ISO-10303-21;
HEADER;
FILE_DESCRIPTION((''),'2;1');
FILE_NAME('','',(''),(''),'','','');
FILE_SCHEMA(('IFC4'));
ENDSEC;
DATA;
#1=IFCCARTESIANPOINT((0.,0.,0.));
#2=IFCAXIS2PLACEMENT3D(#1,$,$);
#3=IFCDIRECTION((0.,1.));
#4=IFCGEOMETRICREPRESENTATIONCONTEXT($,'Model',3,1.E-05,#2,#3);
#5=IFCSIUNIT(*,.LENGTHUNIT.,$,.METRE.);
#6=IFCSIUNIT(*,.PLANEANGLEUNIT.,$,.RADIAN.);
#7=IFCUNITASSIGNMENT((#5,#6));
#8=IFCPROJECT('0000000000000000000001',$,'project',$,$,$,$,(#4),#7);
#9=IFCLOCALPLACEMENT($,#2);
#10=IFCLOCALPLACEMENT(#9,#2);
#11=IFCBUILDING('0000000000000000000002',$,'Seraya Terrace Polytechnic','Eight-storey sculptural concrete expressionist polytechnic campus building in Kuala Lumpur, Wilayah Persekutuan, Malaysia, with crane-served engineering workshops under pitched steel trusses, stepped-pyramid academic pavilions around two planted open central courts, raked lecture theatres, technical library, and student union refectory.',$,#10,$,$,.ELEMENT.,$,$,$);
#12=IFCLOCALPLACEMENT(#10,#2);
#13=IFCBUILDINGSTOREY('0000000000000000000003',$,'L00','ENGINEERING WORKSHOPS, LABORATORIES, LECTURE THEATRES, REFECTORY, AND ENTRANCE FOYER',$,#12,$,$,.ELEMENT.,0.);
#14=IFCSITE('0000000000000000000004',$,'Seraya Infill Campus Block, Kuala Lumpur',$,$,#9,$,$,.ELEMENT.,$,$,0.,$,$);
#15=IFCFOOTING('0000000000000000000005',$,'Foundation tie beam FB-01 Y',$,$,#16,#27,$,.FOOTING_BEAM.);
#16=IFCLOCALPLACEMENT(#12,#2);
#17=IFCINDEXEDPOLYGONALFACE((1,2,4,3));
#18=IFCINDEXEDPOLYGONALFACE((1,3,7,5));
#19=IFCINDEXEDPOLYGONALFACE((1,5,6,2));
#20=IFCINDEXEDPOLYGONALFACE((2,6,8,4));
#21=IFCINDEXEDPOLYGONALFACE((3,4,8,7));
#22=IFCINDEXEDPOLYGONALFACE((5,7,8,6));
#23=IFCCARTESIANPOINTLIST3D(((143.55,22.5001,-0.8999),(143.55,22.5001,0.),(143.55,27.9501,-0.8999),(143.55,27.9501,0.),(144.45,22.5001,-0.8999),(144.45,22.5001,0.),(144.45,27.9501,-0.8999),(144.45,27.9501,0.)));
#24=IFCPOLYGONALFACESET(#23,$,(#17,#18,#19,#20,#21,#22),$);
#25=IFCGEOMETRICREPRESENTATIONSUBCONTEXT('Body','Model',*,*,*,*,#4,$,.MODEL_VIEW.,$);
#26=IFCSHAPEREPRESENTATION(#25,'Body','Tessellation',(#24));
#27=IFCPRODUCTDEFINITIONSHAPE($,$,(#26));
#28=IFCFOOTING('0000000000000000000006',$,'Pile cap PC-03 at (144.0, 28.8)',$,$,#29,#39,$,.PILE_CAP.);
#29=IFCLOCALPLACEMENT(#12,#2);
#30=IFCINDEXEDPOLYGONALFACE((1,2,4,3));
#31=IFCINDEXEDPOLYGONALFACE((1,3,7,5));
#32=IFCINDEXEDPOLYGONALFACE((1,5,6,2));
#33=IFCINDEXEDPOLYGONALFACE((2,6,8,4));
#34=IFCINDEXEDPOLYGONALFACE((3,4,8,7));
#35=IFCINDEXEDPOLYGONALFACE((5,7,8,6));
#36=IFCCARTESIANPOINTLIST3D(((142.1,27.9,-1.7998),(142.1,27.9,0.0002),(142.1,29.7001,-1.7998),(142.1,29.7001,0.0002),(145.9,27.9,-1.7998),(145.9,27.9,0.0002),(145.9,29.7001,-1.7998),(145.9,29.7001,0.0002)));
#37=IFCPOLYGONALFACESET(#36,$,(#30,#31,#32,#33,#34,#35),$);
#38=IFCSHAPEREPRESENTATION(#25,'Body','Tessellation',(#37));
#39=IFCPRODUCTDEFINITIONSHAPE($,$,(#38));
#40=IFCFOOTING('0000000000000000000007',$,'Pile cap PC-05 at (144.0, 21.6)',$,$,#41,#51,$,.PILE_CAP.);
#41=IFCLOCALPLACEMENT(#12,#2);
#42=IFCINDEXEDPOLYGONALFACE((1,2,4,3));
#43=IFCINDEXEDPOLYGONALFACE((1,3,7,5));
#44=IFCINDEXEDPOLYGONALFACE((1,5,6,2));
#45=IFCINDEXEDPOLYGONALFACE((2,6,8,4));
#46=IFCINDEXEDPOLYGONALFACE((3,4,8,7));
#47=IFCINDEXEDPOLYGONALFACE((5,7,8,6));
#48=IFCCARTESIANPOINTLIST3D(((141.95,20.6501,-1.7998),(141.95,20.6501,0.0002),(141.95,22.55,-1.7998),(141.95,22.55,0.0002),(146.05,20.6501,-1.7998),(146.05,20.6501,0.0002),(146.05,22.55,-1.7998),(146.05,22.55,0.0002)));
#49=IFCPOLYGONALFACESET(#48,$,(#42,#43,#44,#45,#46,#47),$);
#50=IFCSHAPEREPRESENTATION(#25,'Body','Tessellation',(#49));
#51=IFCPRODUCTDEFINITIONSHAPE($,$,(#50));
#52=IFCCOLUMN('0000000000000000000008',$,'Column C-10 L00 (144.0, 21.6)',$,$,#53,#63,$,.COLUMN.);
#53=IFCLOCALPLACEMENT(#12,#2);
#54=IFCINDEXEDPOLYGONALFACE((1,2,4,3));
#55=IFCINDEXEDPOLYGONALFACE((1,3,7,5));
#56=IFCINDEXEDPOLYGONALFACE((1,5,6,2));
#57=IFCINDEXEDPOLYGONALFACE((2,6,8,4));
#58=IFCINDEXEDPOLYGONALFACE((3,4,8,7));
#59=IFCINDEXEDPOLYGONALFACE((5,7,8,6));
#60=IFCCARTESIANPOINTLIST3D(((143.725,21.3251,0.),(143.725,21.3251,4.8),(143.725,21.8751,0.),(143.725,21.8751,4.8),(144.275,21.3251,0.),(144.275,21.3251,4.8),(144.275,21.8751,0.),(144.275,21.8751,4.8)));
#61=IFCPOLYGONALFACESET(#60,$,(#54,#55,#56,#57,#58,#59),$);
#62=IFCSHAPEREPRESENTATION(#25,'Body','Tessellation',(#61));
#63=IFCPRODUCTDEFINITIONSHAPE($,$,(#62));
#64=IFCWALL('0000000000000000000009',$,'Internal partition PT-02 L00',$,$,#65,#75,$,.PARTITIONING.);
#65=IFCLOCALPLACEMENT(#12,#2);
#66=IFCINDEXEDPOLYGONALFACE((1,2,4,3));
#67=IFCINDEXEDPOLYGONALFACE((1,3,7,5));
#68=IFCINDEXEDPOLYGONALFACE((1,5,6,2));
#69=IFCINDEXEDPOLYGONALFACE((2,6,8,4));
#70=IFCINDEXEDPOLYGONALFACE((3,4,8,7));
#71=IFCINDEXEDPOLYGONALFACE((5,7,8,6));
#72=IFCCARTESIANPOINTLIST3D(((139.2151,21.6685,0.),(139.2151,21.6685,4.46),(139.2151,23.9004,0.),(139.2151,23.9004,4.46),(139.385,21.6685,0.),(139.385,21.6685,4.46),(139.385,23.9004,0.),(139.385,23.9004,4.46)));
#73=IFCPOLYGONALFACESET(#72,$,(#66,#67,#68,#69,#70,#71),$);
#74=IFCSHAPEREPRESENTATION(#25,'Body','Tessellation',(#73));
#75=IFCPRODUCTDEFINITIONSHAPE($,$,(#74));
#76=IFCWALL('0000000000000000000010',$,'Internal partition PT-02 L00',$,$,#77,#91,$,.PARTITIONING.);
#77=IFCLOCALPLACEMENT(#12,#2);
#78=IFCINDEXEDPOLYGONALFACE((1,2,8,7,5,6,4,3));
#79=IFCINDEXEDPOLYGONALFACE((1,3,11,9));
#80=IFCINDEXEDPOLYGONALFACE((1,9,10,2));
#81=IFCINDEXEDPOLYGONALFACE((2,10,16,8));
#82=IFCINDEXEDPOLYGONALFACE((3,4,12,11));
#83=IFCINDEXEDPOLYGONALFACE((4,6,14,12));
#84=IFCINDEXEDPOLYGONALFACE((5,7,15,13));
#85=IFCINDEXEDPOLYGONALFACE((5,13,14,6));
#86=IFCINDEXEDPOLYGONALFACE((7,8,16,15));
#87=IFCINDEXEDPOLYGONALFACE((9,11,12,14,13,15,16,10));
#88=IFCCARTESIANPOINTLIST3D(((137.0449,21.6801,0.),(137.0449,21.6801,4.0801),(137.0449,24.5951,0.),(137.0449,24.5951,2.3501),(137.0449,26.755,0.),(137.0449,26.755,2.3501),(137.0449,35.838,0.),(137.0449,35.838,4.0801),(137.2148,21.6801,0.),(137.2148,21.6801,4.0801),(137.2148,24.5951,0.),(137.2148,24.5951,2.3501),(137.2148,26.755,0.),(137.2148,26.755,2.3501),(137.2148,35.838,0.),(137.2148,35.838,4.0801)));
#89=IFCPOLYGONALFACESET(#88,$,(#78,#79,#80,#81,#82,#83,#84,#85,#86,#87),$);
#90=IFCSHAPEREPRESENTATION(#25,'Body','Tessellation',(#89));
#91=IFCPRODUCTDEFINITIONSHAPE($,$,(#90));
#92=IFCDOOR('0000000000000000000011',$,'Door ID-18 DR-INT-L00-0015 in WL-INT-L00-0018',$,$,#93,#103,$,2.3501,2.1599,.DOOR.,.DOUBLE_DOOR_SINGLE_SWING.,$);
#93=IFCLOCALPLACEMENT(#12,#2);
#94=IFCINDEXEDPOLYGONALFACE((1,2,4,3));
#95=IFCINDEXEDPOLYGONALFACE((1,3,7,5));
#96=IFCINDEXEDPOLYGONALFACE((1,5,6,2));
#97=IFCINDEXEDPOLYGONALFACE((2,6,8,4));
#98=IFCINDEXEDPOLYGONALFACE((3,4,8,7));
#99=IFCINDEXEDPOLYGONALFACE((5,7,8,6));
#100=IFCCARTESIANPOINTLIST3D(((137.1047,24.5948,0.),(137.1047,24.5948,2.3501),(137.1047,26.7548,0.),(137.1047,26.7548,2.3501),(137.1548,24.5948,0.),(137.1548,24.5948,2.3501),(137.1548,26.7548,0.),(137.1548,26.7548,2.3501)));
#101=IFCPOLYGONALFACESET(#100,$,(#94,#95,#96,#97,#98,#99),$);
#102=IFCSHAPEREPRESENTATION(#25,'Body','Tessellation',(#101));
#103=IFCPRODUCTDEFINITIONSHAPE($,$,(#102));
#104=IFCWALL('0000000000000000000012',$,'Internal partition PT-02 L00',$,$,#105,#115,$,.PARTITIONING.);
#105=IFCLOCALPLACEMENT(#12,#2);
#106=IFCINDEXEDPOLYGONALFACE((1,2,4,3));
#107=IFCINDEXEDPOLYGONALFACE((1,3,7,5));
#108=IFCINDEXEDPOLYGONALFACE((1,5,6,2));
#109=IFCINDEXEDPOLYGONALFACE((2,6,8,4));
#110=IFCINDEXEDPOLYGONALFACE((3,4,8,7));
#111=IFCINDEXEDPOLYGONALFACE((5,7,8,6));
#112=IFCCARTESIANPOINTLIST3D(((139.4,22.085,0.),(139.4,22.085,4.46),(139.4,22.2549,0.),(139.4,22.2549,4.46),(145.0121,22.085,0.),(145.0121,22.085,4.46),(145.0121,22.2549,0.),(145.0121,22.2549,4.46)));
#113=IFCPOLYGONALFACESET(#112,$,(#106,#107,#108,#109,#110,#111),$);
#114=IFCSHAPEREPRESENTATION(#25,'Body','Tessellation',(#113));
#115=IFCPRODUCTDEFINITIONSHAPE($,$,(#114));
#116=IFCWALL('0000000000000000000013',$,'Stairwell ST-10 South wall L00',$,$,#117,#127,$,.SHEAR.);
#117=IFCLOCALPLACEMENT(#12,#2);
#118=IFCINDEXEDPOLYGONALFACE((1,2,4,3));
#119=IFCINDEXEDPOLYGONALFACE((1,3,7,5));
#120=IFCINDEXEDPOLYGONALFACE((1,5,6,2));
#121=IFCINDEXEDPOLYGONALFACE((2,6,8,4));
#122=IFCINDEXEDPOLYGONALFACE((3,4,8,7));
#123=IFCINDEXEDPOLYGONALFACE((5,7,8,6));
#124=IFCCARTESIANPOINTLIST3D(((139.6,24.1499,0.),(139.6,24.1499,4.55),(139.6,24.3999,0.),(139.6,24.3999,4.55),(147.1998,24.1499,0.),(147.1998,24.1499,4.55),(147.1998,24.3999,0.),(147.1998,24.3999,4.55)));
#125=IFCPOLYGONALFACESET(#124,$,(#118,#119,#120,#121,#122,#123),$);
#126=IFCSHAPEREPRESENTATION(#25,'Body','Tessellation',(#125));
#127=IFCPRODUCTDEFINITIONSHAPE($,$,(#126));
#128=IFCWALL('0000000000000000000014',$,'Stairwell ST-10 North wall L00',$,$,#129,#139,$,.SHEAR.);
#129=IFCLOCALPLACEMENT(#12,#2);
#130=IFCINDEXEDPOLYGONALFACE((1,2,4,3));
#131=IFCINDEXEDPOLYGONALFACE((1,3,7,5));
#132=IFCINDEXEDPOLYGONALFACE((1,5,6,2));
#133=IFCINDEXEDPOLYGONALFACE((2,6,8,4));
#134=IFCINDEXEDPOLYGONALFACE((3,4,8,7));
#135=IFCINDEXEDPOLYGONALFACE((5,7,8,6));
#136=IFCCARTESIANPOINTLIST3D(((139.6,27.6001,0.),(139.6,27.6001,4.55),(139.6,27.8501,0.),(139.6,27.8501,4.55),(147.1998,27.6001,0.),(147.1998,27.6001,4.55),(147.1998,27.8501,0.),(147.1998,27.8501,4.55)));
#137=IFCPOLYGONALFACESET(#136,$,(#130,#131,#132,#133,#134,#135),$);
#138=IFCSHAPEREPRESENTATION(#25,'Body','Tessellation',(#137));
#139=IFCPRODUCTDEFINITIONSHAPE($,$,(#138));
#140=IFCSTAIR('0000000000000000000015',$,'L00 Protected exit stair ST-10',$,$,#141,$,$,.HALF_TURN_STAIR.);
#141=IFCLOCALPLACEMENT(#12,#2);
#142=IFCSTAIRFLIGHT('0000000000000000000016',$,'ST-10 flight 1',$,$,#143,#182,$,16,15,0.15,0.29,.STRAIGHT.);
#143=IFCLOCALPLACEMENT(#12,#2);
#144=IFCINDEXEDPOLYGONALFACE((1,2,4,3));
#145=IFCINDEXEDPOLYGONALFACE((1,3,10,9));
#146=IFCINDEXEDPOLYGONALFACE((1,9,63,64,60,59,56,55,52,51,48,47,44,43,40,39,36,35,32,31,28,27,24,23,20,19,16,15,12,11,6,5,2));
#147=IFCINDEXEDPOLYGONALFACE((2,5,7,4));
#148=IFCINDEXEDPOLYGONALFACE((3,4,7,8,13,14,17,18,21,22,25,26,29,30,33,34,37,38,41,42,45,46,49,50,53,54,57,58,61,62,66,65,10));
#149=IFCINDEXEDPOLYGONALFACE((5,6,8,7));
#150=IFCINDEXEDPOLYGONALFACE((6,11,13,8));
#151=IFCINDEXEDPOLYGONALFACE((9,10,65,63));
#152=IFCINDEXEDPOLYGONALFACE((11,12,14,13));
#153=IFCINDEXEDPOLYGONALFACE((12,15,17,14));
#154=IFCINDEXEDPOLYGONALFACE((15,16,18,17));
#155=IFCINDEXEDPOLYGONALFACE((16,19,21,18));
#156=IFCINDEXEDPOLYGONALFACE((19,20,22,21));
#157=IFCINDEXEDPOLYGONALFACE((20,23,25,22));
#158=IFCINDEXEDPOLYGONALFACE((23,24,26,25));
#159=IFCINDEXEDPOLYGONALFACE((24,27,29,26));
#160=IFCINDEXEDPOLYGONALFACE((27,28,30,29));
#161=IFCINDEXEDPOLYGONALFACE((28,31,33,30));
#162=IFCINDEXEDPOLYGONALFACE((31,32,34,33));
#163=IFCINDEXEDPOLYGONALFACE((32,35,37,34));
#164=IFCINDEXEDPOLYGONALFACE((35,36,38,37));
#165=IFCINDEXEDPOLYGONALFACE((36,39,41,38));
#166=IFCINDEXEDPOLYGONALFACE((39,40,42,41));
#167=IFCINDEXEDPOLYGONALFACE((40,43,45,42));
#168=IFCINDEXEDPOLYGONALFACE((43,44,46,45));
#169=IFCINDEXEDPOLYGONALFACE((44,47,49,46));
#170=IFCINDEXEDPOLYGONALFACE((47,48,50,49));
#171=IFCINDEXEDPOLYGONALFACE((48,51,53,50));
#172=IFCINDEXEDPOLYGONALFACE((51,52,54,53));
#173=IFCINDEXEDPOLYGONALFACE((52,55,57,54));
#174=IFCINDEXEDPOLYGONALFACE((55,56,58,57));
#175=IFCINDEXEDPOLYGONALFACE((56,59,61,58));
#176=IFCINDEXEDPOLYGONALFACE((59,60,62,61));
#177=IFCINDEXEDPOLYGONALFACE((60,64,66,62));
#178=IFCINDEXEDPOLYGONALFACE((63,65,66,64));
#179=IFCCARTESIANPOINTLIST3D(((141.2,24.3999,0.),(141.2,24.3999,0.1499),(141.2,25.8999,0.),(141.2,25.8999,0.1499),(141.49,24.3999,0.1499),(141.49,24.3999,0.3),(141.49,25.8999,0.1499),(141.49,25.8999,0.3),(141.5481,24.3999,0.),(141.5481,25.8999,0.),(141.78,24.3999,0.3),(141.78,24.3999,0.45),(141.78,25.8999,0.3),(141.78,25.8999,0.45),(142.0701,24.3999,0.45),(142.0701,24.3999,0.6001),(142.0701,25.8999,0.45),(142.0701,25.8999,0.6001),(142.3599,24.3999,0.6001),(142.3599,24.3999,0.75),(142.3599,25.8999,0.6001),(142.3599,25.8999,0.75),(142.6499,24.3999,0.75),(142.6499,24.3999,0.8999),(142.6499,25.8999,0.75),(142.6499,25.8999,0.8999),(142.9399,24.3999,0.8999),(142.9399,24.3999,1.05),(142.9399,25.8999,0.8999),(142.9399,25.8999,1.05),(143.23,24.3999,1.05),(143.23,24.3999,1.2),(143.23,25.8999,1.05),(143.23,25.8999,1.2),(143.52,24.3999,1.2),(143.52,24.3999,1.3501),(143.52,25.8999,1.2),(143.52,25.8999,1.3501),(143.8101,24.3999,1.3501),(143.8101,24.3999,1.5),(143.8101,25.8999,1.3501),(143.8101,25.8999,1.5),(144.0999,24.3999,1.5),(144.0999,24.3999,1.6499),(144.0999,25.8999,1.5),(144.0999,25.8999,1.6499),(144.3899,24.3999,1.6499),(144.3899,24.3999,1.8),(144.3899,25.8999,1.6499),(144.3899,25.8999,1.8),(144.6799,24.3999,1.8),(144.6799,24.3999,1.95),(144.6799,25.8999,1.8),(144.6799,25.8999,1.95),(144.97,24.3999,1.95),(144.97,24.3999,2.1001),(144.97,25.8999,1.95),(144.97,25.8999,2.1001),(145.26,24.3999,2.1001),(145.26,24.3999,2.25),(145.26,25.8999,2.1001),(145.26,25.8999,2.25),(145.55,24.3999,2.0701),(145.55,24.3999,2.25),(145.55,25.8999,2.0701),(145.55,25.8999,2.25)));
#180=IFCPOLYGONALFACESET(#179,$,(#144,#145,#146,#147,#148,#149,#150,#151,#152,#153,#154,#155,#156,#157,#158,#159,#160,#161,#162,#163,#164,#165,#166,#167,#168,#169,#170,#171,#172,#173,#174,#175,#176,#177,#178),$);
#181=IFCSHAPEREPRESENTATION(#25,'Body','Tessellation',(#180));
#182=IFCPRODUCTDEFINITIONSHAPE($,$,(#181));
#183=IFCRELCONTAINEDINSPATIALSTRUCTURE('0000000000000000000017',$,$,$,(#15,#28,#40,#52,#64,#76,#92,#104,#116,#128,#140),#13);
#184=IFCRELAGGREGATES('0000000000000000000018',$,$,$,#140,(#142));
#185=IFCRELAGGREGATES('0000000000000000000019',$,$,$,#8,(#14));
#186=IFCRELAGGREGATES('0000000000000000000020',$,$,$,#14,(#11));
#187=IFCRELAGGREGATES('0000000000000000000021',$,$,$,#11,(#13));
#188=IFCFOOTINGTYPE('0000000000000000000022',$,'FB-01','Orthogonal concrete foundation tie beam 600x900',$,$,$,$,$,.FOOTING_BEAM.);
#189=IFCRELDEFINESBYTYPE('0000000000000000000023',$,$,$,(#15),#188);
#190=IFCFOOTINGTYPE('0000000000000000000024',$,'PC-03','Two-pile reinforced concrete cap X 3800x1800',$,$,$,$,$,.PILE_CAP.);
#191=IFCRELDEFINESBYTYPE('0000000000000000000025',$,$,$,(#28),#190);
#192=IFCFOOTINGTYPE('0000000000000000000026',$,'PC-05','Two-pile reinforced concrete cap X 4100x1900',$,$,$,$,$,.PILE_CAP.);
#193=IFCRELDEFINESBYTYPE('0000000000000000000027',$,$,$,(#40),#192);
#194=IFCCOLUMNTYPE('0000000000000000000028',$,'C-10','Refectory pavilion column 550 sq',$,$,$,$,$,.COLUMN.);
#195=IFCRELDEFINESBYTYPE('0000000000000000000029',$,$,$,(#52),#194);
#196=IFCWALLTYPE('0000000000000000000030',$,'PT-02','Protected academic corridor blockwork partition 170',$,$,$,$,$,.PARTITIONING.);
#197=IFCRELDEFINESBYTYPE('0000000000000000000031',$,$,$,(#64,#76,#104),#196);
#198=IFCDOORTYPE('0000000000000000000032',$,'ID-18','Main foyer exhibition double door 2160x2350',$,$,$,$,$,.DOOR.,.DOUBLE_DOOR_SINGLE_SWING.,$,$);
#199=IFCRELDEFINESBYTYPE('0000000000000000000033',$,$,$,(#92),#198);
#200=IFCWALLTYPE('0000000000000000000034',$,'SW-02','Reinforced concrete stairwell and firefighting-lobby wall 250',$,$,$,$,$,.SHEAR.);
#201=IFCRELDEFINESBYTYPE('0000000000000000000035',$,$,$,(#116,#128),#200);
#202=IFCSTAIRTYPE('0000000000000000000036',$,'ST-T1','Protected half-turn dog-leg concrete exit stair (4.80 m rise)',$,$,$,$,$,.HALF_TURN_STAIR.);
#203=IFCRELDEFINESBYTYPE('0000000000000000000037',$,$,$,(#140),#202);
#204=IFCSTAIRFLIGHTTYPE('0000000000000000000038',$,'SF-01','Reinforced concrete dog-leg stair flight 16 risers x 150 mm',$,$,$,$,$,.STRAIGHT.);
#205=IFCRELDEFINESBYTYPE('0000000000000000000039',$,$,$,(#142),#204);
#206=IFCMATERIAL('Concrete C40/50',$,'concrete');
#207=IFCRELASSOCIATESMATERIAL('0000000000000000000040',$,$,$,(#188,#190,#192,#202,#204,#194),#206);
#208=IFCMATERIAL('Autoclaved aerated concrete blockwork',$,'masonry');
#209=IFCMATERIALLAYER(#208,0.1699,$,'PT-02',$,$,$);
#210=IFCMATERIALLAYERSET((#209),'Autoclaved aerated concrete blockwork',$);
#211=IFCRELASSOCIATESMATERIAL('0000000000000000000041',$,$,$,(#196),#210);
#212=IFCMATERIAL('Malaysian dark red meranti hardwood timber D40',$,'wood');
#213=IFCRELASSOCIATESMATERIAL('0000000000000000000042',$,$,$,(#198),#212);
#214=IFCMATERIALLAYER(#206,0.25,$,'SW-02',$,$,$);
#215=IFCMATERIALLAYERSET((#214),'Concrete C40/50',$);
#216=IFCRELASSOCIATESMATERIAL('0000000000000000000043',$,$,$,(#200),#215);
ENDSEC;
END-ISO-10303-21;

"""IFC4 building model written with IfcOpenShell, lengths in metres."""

from ifc_helpers import new_model, si_unit, direction, frame, frame_2d, origin, origin_2d, place, context, subcontext, project, spatial, polyline, rectangle, outline, extrude, material, layer, layer_set, material_profile, profile_set, type_object, element, fill, aggregate, save


model = new_model("IFC4")

# Units and contexts
model_context = context("Model", 3, precision=1e-05, world=origin(), true_north=direction((0.0, 1.0)))
body_context = subcontext(model_context, "Body", "Model", "MODEL_VIEW")
ifc_project = project(units=[si_unit("LENGTHUNIT", "METRE"), si_unit("PLANEANGLEUNIT", "RADIAN")], contexts=[model_context])

# Site, building, storey
site_placement = place(None, origin())
site = spatial("IfcSite", under=ifc_project, at=site_placement, Name="Seraya Infill Campus Block, Kuala Lumpur", CompositionType="ELEMENT", RefElevation=0.0)
building_placement = place(site_placement, origin())
building = spatial("IfcBuilding", under=site, at=building_placement, Name="Seraya Terrace Polytechnic", Description="Eight-storey sculptural concrete expressionist polytechnic campus building in Kuala Lumpur, Wilayah Persekutuan, Malaysia, with crane-served engineering workshops under pitched steel trusses, stepped-pyramid academic pavilions around two planted open central courts, raked lecture theatres, technical library, and student union refectory.", CompositionType="ELEMENT")
storey_placement = place(building_placement, origin())
storey = spatial("IfcBuildingStorey", under=building, at=storey_placement, Name="L00", Description="ENGINEERING WORKSHOPS, LABORATORIES, LECTURE THEATRES, REFECTORY, AND ENTRANCE FOYER", CompositionType="ELEMENT", Elevation=0.0)

# Shared definitions
ifc_material_1 = material(Name="Concrete C40/50", Category="concrete")

# Footings
footing_type_1 = type_object("IfcFootingType", Name="FB-01", Description="Orthogonal concrete foundation tie beam 600x900", PredefinedType="FOOTING_BEAM", material=ifc_material_1)
footing_1_placement = place(storey_placement, frame((144.0, 25.2251, -0.8999), z_axis=(0.0, 0.0, 1.0), x_axis=(0.0, 1.0, 0.0)))
element("IfcFooting", 1, at=footing_1_placement, inside=storey, type_object=footing_type_1, Name="Foundation tie beam FB-01 Y", PredefinedType="FOOTING_BEAM", context=body_context, shape_type="SweptSolid", body=[
    extrude(rectangle(XDim=5.45, YDim=0.8999, at=origin_2d()), origin(), (0.0, 0.0, 1.0), 0.8999),
])
footing_type_2 = type_object("IfcFootingType", Name="PC-03", Description="Two-pile reinforced concrete cap X 3800x1800", PredefinedType="PILE_CAP", material=ifc_material_1)
footing_2_placement = place(storey_placement, frame((144.0, 28.8, -1.7998), z_axis=(0.0, 0.0, 1.0), x_axis=(1.0, 0.0, 0.0)))
element("IfcFooting", 2, at=footing_2_placement, inside=storey, type_object=footing_type_2, Name="Pile cap PC-03 at (144.0, 28.8)", PredefinedType="PILE_CAP", context=body_context, shape_type="SweptSolid", body=[
    extrude(rectangle(XDim=3.8, YDim=1.8, at=origin_2d()), origin(), (0.0, 0.0, 1.0), 1.8),
])
footing_type_3 = type_object("IfcFootingType", Name="PC-05", Description="Two-pile reinforced concrete cap X 4100x1900", PredefinedType="PILE_CAP", material=ifc_material_1)
footing_3_placement = place(storey_placement, frame((144.0, 21.6001, -1.7998), z_axis=(0.0, 0.0, 1.0), x_axis=(1.0, 0.0, 0.0)))
element("IfcFooting", 3, at=footing_3_placement, inside=storey, type_object=footing_type_3, Name="Pile cap PC-05 at (144.0, 21.6)", PredefinedType="PILE_CAP", context=body_context, shape_type="SweptSolid", body=[
    extrude(rectangle(XDim=4.1001, YDim=1.8999, at=origin_2d()), origin(), (0.0, 0.0, 1.0), 1.8),
])

# Column
ifc_material_profile_1 = material_profile(ifc_material_1, rectangle(XDim=0.55, YDim=0.55, at=origin_2d()), Name="RC 550x550")
ifc_profile_set_1 = profile_set([ifc_material_profile_1], Name="Concrete C40/50")
column_type = type_object("IfcColumnType", Name="C-10", Description="Refectory pavilion column 550 sq", PredefinedType="COLUMN", material=ifc_profile_set_1)
column_placement = place(storey_placement, frame((144.0, 21.6001, 0.0), z_axis=(0.0, 0.0, 1.0), x_axis=(1.0, 0.0, 0.0)))
element("IfcColumn", 4, at=column_placement, inside=storey, type_object=column_type, Name="Column C-10 L00 (144.0, 21.6)", PredefinedType="COLUMN", context=body_context, shape_type="SweptSolid", body=[
    extrude(rectangle(XDim=0.55, YDim=0.55, at=origin_2d()), origin(), (0.0, 0.0, 1.0), 4.8),
])

# Wall
ifc_material_2 = material(Name="Autoclaved aerated concrete blockwork", Category="masonry")
ifc_layer_1 = layer(ifc_material_2, 0.1699, Name="PT-02")
ifc_layer_set_1 = layer_set([ifc_layer_1], Name="Autoclaved aerated concrete blockwork")
wall_type_1 = type_object("IfcWallType", Name="PT-02", Description="Protected academic corridor blockwork partition 170", PredefinedType="PARTITIONING", material=ifc_layer_set_1)
wall_1_placement = place(storey_placement, frame((139.3, 21.6685, 0.0), z_axis=(0.0, 0.0, 1.0), x_axis=(0.0, 1.0, 0.0)))
element("IfcWall", 5, at=wall_1_placement, inside=storey, type_object=wall_type_1, Name="Internal partition PT-02 L00", PredefinedType="PARTITIONING", context=body_context, shape_type="SweptSolid", body=[
    extrude(rectangle(XDim=2.2319, YDim=0.1699, at=frame_2d((1.116, 0.0))), origin(), (0.0, 0.0, 1.0), 4.46),
])

# Wall, opening, door
wall_2_placement = place(storey_placement, frame((137.1299, 21.6799, 0.0), z_axis=(0.0, 0.0, 1.0), x_axis=(0.0, 1.0, 0.0)))
wall_2 = element("IfcWall", 6, at=wall_2_placement, inside=storey, type_object=wall_type_1, Name="Internal partition PT-02 L00", PredefinedType="PARTITIONING", context=body_context, shape_type="SweptSolid", body=[
    extrude(rectangle(XDim=14.158, YDim=0.1699, at=frame_2d((7.0791, 0.0))), origin(), (0.0, 0.0, 1.0), 4.0801),
])
opening_1_placement = place(wall_2_placement, frame((2.915, 0.0, 0.0)))
opening_1 = element("IfcOpeningElement", 7, at=opening_1_placement, cuts=wall_2, PredefinedType="OPENING", context=body_context, shape_type="SweptSolid", body=[
    extrude(rectangle(XDim=2.1599, YDim=2.3501, at=frame_2d((1.0801, 1.175))), frame((0.0, 0.0969, 0.0), z_axis=(0.0, -1.0, 0.0), x_axis=(1.0, 0.0, 0.0)), (0.0, 0.0, 1.0), 0.1938),
])
ifc_material_3 = material(Name="Malaysian dark red meranti hardwood timber D40", Category="wood")
door_type_1 = type_object("IfcDoorType", Name="ID-18", Description="Main foyer exhibition double door 2160x2350", OperationType="DOUBLE_DOOR_SINGLE_SWING", PredefinedType="DOOR", material=ifc_material_3)
door_1_placement = place(opening_1_placement, frame((2.1599, 0.0, 0.0), z_axis=(0.0, 0.0, 1.0), x_axis=(-1.0, 0.0, 0.0)))
door_1 = element("IfcDoor", 8, at=door_1_placement, inside=storey, type_object=door_type_1, Name="Door ID-18 DR-INT-L00-0015 in WL-INT-L00-0018", OperationType="DOUBLE_DOOR_SINGLE_SWING", OverallHeight=2.3501, OverallWidth=2.1599, PredefinedType="DOOR", context=body_context, shape_type="SweptSolid", body=[
    extrude(rectangle(XDim=2.1599, YDim=2.3501, at=frame_2d((1.0801, 1.175))), frame((0.0, 0.0249, 0.0), z_axis=(0.0, -1.0, 0.0), x_axis=(1.0, 0.0, 0.0)), (0.0, 0.0, 1.0), 0.05),
])
fill(opening_1, door_1)

# Wall
wall_3_placement = place(storey_placement, frame((139.3999, 22.1699, 0.0), z_axis=(0.0, 0.0, 1.0), x_axis=(1.0, 0.0, 0.0)))
element("IfcWall", 9, at=wall_3_placement, inside=storey, type_object=wall_type_1, Name="Internal partition PT-02 L00", PredefinedType="PARTITIONING", context=body_context, shape_type="SweptSolid", body=[
    extrude(rectangle(XDim=5.6121, YDim=0.1699, at=frame_2d((2.8062, 0.0))), origin(), (0.0, 0.0, 1.0), 4.46),
])

# Shared definitions
ifc_layer_2 = layer(ifc_material_1, 0.25, Name="SW-02")
ifc_layer_set_2 = layer_set([ifc_layer_2], Name="Concrete C40/50")
wall_type_2 = type_object("IfcWallType", Name="SW-02", Description="Reinforced concrete stairwell and firefighting-lobby wall 250", PredefinedType="SHEAR", material=ifc_layer_set_2)

# Walls
for number, where, z_axis, x_axis, name in (
    (10, (139.6001, 24.2749, 0.0), (0.0, 0.0, 1.0), (1.0, 0.0, 0.0), "Stairwell ST-10 South wall L00"),
    (11, (139.6001, 27.7251, 0.0), (0.0, 0.0, 1.0), (1.0, 0.0, 0.0), "Stairwell ST-10 North wall L00"),
):
    element("IfcWall", number, at=place(storey_placement, frame(where, z_axis=z_axis, x_axis=x_axis)), inside=storey, type_object=wall_type_2, Name=name, PredefinedType="SHEAR", context=body_context, shape_type="SweptSolid", body=[
        extrude(rectangle(XDim=7.5999, YDim=0.25, at=frame_2d((3.7998, 0.0))), origin(), (0.0, 0.0, 1.0), 4.55),
    ])

# Stair, stair flight
stair_type = type_object("IfcStairType", Name="ST-T1", Description="Protected half-turn dog-leg concrete exit stair (4.80 m rise)", PredefinedType="HALF_TURN_STAIR", material=ifc_material_1)
stair_placement = place(storey_placement, origin())
stair = element("IfcStair", 12, at=stair_placement, inside=storey, type_object=stair_type, Name="L00 Protected exit stair ST-10", PredefinedType="HALF_TURN_STAIR")
stair_flight_type = type_object("IfcStairFlightType", Name="SF-01", Description="Reinforced concrete dog-leg stair flight 16 risers x 150 mm", PredefinedType="STRAIGHT", material=ifc_material_1)
stair_flight_placement = place(storey_placement, frame((141.2, 25.1499, 0.0), z_axis=(0.0, 0.0, 1.0), x_axis=(1.0, 0.0, 0.0)))
stair_flight = element("IfcStairFlight", 13, at=stair_flight_placement, type_object=stair_flight_type, Name="ST-10 flight 1", NumberOfRisers=16, NumberOfTreads=15, PredefinedType="STRAIGHT", RiserHeight=0.15, TreadLength=0.29, context=body_context, shape_type="SweptSolid", body=[
    extrude(outline(polyline([(0.0, 0.0), (0.0, 0.1499), (0.29, 0.1499), (0.29, 0.3), (0.5801, 0.3), (0.5801, 0.45), (0.8701, 0.45), (0.8701, 0.6001), (1.1599, 0.6001), (1.1599, 0.75), (1.45, 0.75), (1.45, 0.8999), (1.74, 0.8999), (1.74, 1.05), (2.03, 1.05), (2.03, 1.2), (2.3201, 1.2), (2.3201, 1.3501), (2.6101, 1.3501), (2.6101, 1.5), (2.8999, 1.5), (2.8999, 1.6499), (3.1899, 1.6499), (3.1899, 1.8), (3.48, 1.8), (3.48, 1.95), (3.77, 1.95), (3.77, 2.1001), (4.0601, 2.1001), (4.0601, 2.25), (4.3501, 2.25), (4.3501, 2.3999), (4.3501, 2.0701), (0.3481, 0.0), (0.0, 0.0)])), frame((0.0, 0.75, 0.0), z_axis=(0.0, -1.0, 0.0), x_axis=(1.0, 0.0, 0.0)), (0.0, 0.0, 1.0), 1.5),
])
aggregate(stair, [stair_flight])

save(model, "model.ifc")
